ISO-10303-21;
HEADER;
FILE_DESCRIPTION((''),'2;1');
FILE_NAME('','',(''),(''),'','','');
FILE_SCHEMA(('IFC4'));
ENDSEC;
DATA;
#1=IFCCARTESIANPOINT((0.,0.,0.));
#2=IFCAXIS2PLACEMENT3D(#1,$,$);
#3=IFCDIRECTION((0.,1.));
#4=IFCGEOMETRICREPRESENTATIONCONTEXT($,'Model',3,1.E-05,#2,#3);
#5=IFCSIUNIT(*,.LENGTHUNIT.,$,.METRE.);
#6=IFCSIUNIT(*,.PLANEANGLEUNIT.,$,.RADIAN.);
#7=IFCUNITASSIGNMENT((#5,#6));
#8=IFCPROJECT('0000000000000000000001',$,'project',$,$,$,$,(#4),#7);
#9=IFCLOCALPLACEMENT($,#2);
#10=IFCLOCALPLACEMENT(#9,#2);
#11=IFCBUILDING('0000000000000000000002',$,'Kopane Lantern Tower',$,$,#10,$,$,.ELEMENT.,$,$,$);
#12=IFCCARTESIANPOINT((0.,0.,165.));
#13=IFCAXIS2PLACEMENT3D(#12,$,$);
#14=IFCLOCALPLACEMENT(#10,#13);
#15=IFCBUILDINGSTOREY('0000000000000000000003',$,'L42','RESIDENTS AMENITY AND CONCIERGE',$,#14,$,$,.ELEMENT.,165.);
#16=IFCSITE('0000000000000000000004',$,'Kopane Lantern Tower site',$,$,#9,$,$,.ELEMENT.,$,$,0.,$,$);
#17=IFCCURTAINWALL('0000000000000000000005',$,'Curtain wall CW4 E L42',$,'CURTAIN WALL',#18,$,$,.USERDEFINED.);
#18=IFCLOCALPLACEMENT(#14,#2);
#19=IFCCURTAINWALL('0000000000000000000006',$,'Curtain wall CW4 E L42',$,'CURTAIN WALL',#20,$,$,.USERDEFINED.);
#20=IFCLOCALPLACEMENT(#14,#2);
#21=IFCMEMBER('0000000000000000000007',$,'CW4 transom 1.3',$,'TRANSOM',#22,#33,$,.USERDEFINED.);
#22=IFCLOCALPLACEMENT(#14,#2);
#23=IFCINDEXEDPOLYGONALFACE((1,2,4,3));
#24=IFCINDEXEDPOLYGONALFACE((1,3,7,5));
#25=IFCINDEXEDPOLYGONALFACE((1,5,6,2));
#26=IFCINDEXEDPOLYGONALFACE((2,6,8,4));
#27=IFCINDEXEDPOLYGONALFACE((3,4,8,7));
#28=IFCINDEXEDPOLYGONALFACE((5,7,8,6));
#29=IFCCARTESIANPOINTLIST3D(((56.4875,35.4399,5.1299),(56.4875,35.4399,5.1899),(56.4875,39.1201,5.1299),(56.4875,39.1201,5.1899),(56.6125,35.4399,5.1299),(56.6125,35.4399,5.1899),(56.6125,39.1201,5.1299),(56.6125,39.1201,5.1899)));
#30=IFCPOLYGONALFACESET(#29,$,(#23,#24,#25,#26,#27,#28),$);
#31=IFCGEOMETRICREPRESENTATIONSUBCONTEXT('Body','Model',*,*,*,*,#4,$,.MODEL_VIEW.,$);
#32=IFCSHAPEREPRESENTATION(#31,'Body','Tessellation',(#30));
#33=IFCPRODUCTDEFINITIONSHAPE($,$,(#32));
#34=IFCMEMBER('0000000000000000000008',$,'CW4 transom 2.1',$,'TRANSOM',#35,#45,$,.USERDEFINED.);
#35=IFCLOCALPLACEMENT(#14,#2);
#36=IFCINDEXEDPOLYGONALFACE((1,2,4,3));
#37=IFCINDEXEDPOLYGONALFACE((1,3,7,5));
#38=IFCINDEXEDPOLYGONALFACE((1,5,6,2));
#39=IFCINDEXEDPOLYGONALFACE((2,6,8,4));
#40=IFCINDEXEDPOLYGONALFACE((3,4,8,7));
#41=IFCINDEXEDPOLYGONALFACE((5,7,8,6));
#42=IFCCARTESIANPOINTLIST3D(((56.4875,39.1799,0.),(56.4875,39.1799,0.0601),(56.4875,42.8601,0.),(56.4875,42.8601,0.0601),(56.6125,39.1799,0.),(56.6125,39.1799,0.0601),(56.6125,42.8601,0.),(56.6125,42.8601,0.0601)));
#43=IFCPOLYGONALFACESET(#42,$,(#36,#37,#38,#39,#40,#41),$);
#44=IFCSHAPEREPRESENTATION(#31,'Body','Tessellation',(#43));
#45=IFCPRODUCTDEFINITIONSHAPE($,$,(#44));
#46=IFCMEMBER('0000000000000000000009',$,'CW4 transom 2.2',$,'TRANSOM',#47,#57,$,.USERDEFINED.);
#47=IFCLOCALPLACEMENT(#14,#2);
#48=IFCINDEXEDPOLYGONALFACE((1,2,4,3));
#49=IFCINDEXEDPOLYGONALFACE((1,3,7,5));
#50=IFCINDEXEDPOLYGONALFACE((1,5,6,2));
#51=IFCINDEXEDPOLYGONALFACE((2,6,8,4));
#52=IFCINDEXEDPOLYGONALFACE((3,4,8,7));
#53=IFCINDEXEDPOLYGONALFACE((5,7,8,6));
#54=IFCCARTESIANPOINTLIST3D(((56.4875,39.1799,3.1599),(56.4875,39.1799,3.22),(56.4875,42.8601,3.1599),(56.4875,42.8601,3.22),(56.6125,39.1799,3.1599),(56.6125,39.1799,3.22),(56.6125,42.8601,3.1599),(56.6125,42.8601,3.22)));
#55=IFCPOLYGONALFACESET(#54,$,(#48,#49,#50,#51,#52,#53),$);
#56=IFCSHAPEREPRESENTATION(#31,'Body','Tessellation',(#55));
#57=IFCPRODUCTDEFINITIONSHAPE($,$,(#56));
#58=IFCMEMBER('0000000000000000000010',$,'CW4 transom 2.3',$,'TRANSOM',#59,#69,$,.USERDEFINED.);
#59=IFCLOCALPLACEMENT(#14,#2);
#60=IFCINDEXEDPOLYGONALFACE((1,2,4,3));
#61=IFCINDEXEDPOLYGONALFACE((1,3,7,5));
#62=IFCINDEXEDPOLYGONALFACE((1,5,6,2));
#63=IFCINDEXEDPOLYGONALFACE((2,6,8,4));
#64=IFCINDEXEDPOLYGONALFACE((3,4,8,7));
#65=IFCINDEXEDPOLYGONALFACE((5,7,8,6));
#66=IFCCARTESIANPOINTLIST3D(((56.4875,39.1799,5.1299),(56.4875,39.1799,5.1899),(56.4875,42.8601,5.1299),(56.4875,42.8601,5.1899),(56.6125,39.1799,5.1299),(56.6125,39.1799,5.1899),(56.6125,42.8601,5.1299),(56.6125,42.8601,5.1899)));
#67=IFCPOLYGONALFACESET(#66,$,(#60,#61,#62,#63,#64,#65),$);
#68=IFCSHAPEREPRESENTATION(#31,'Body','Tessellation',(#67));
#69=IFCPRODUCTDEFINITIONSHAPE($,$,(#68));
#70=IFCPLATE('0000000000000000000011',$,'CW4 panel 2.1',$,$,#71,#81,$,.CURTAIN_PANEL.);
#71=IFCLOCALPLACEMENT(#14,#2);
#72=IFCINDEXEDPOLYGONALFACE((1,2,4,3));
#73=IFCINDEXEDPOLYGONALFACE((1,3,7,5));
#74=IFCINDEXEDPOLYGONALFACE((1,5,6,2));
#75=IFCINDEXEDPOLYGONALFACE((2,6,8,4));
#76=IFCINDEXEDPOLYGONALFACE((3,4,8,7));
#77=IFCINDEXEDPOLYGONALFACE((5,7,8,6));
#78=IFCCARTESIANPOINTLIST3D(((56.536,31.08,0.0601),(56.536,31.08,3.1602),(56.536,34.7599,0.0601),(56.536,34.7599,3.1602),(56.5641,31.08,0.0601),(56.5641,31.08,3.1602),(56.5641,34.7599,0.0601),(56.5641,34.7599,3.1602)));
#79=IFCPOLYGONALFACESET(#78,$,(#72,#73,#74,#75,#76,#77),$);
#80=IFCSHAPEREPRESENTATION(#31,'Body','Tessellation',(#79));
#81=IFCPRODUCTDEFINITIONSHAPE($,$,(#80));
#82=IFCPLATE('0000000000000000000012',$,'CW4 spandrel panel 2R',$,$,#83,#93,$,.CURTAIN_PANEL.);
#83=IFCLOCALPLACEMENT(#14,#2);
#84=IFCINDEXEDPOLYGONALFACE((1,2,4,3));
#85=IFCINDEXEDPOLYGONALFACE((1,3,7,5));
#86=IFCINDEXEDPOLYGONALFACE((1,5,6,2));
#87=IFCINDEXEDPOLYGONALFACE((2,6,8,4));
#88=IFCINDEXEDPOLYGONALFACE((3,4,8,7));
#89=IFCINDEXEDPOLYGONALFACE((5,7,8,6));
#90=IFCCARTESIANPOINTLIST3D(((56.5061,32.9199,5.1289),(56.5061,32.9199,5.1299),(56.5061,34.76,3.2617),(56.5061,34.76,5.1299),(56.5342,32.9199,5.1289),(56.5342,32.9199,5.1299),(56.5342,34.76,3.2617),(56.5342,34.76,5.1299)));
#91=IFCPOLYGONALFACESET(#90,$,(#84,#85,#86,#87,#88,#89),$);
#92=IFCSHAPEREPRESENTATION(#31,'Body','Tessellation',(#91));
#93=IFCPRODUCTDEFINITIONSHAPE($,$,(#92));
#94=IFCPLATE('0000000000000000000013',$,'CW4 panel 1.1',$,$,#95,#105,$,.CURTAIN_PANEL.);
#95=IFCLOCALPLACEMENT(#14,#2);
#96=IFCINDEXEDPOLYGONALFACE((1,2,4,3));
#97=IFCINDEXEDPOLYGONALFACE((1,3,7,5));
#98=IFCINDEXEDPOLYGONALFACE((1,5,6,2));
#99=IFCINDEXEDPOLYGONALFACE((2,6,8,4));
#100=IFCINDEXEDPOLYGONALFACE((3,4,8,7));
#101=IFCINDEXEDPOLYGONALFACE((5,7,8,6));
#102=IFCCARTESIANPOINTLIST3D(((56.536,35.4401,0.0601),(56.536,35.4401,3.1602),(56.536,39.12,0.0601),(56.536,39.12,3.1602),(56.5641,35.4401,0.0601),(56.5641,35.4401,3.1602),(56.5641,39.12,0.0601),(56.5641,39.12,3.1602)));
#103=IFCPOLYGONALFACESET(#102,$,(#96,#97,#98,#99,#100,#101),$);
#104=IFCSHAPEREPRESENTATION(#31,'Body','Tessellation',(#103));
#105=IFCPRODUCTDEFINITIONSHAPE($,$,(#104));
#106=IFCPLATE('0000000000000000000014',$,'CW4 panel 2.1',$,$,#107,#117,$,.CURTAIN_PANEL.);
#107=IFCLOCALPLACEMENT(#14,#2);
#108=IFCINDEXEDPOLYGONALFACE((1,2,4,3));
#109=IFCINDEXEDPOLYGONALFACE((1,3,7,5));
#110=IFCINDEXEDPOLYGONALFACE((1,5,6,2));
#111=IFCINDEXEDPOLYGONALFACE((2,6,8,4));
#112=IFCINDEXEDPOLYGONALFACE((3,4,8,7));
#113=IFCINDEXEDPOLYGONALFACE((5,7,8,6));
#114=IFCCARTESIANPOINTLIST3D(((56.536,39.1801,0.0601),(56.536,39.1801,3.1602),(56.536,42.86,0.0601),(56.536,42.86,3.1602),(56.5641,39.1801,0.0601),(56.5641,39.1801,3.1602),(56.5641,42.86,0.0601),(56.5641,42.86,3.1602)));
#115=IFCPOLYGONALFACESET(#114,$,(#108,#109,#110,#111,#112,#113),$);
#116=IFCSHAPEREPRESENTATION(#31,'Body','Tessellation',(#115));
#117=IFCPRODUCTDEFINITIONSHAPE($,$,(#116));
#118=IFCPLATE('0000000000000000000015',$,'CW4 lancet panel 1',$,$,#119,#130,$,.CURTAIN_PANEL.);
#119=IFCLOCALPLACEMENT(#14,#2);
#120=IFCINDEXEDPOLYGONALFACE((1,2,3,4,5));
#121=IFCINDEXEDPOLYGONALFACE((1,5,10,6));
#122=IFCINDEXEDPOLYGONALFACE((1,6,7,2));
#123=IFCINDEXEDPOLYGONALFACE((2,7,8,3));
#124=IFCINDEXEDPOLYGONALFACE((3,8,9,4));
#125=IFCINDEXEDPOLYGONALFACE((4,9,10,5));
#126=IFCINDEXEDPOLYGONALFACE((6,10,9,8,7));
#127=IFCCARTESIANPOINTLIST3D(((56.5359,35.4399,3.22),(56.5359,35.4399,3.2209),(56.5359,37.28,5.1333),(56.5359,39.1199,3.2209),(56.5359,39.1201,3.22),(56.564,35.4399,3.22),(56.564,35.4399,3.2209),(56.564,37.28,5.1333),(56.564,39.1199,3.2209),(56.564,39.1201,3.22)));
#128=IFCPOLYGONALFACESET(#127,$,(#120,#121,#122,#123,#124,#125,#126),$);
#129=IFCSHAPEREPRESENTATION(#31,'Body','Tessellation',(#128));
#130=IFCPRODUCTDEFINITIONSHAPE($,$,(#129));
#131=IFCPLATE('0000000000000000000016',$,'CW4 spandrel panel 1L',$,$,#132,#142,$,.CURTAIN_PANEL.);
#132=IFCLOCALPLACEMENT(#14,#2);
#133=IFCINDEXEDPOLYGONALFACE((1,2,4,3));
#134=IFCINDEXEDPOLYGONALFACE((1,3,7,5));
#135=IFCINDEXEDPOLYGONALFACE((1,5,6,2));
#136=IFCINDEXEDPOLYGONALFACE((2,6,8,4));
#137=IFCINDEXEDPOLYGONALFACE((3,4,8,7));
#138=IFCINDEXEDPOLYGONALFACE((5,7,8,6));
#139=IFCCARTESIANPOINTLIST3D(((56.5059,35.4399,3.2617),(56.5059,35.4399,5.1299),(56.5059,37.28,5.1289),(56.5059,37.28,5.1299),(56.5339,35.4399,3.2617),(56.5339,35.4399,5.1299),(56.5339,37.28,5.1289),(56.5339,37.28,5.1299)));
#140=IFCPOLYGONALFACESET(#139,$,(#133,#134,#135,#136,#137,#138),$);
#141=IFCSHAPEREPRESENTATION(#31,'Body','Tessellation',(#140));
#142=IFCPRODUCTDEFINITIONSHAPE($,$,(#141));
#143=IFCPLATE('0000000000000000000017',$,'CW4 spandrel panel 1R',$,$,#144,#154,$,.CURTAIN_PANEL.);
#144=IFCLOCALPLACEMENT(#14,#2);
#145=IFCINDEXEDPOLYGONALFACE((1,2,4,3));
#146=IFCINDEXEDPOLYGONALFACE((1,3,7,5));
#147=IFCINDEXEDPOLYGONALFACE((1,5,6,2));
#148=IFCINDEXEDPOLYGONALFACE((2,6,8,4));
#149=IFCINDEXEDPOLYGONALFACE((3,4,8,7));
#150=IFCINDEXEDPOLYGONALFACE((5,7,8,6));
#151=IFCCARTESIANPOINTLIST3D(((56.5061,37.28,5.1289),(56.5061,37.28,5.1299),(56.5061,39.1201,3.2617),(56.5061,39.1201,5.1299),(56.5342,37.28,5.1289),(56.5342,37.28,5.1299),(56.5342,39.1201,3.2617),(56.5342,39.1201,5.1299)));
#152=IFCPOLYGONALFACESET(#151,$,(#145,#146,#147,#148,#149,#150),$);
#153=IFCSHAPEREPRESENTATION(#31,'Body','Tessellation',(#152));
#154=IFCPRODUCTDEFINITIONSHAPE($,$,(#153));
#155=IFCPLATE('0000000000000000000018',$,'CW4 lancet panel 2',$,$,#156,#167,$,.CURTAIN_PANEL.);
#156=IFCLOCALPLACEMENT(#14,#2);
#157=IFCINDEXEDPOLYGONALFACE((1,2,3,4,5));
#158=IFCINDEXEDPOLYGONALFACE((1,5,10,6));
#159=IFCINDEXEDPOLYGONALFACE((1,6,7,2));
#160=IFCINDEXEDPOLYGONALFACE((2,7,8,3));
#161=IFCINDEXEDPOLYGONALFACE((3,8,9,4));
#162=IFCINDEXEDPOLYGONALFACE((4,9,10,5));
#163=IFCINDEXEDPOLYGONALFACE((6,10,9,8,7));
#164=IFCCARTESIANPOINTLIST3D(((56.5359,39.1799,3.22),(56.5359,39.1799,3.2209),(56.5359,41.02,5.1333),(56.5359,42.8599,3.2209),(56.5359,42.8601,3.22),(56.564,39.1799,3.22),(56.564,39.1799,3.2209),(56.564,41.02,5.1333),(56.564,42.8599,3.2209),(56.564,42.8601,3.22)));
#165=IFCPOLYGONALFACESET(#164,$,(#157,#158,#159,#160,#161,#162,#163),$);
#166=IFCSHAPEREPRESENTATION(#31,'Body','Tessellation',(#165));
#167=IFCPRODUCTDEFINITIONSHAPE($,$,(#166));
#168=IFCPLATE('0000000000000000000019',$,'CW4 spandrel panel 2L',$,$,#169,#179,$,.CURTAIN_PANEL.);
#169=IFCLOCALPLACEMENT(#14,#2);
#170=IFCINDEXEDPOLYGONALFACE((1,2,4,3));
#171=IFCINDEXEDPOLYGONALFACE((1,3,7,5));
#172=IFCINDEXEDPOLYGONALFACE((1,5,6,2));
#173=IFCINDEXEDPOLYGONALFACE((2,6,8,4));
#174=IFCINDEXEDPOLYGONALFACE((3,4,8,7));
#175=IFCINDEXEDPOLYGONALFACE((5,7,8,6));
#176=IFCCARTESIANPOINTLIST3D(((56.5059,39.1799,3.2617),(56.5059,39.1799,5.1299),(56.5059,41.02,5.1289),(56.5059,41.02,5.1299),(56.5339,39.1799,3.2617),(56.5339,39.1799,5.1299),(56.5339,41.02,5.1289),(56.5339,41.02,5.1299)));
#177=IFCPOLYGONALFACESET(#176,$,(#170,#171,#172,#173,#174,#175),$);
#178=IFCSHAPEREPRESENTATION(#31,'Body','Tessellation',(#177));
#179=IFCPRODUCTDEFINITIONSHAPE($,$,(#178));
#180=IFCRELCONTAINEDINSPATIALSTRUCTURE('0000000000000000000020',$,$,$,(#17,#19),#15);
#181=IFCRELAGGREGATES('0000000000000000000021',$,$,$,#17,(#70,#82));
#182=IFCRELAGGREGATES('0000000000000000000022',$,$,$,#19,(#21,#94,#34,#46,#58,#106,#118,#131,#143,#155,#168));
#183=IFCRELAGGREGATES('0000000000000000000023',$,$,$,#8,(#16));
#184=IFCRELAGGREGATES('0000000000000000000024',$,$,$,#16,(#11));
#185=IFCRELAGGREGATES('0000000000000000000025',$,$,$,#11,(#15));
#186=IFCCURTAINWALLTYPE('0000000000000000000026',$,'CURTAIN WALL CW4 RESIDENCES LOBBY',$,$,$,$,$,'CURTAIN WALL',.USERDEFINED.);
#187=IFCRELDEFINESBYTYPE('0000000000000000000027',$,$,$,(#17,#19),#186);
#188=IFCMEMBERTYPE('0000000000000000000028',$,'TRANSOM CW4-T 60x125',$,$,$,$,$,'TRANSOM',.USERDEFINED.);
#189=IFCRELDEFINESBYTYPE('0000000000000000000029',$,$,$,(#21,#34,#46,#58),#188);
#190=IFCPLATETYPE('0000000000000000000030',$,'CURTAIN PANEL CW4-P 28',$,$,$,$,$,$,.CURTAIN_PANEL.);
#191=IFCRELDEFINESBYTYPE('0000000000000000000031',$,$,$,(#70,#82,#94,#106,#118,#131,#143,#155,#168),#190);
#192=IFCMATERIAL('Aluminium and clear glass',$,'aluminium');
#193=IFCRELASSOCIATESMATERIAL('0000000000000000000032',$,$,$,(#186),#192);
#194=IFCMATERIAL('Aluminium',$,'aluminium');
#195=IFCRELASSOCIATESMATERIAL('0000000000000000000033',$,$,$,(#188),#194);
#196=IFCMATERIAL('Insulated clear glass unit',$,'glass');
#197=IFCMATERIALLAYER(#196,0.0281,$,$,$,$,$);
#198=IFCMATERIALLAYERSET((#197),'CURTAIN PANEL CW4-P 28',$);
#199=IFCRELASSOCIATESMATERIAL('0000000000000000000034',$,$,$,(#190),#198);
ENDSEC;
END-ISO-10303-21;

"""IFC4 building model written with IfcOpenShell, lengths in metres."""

from ifc_helpers import new_model, si_unit, direction, frame, origin, origin_2d, place, context, subcontext, project, spatial, polyline, rectangle, outline, extrude, material, layer, layer_set, material_profile, profile_set, type_object, element, aggregate, save


model = new_model("IFC4")

# Units and contexts
model_context = context("Model", 3, precision=1e-05, world=origin(), true_north=direction((0.0, 1.0)))
body_context = subcontext(model_context, "Body", "Model", "MODEL_VIEW")
ifc_project = project(units=[si_unit("LENGTHUNIT", "METRE"), si_unit("PLANEANGLEUNIT", "RADIAN")], contexts=[model_context])

# Site, building, storey
site_placement = place(None, origin())
site = spatial("IfcSite", under=ifc_project, at=site_placement, Name="Kopane Lantern Tower site", CompositionType="ELEMENT", RefElevation=0.0)
building_placement = place(site_placement, origin())
building = spatial("IfcBuilding", under=site, at=building_placement, Name="Kopane Lantern Tower", CompositionType="ELEMENT")
storey_placement = place(building_placement, frame((0.0, 0.0, 165.0)))
storey = spatial("IfcBuildingStorey", under=building, at=storey_placement, Name="L42", Description="RESIDENTS AMENITY AND CONCIERGE", CompositionType="ELEMENT", Elevation=165.0)

# Curtain walls, members
ifc_material_1 = material(Name="Aluminium and clear glass", Category="aluminium")
curtain_wall_type = type_object("IfcCurtainWallType", Name="CURTAIN WALL CW4 RESIDENCES LOBBY", ElementType="CURTAIN WALL", PredefinedType="USERDEFINED", material=ifc_material_1)
curtain_wall_1_placement = place(storey_placement, origin())
curtain_wall_1 = element("IfcCurtainWall", 1, at=curtain_wall_1_placement, inside=storey, type_object=curtain_wall_type, Name="Curtain wall CW4 E L42", ObjectType="CURTAIN WALL", PredefinedType="USERDEFINED")
curtain_wall_2_placement = place(storey_placement, origin())
curtain_wall_2 = element("IfcCurtainWall", 2, at=curtain_wall_2_placement, inside=storey, type_object=curtain_wall_type, Name="Curtain wall CW4 E L42", ObjectType="CURTAIN WALL", PredefinedType="USERDEFINED")
ifc_material_2 = material(Name="Aluminium", Category="aluminium")
ifc_material_profile_1 = material_profile(ifc_material_2, rectangle(XDim=0.125, YDim=0.0601, at=origin_2d()), Name="AL 125x60")
ifc_profile_set_1 = profile_set([ifc_material_profile_1], Name="Aluminium")
member_type_1 = type_object("IfcMemberType", Name="TRANSOM CW4-T 60x125", ElementType="TRANSOM", PredefinedType="USERDEFINED", material=ifc_profile_set_1)
member_1_placement = place(storey_placement, frame((56.55, 35.4399, 5.1599), z_axis=(0.0, 1.0, 0.0), x_axis=(-1.0, 0.0, 0.0)))
member_1 = element("IfcMember", 3, at=member_1_placement, type_object=member_type_1, Name="CW4 transom 1.3", ObjectType="TRANSOM", PredefinedType="USERDEFINED", context=body_context, shape_type="SweptSolid", body=[
    extrude(rectangle(XDim=0.125, YDim=0.0601, at=origin_2d()), origin(), (0.0, 0.0, 1.0), 3.6802),
])
member_2_placement = place(storey_placement, frame((56.55, 39.1799, 0.03), z_axis=(0.0, 1.0, 0.0), x_axis=(-1.0, 0.0, 0.0)))
member_2 = element("IfcMember", 4, at=member_2_placement, type_object=member_type_1, Name="CW4 transom 2.1", ObjectType="TRANSOM", PredefinedType="USERDEFINED", context=body_context, shape_type="SweptSolid", body=[
    extrude(rectangle(XDim=0.125, YDim=0.0601, at=origin_2d()), origin(), (0.0, 0.0, 1.0), 3.6802),
])
member_3_placement = place(storey_placement, frame((56.55, 39.1799, 3.1899), z_axis=(0.0, 1.0, 0.0), x_axis=(-1.0, 0.0, 0.0)))
member_3 = element("IfcMember", 5, at=member_3_placement, type_object=member_type_1, Name="CW4 transom 2.2", ObjectType="TRANSOM", PredefinedType="USERDEFINED", context=body_context, shape_type="SweptSolid", body=[
    extrude(rectangle(XDim=0.125, YDim=0.0601, at=origin_2d()), origin(), (0.0, 0.0, 1.0), 3.6802),
])
member_4_placement = place(storey_placement, frame((56.55, 39.1799, 5.1599), z_axis=(0.0, 1.0, 0.0), x_axis=(-1.0, 0.0, 0.0)))
member_4 = element("IfcMember", 6, at=member_4_placement, type_object=member_type_1, Name="CW4 transom 2.3", ObjectType="TRANSOM", PredefinedType="USERDEFINED", context=body_context, shape_type="SweptSolid", body=[
    extrude(rectangle(XDim=0.125, YDim=0.0601, at=origin_2d()), origin(), (0.0, 0.0, 1.0), 3.6802),
])

# Plates
ifc_material_3 = material(Name="Insulated clear glass unit", Category="glass")
ifc_layer_1 = layer(ifc_material_3, 0.0281)
ifc_layer_set_1 = layer_set([ifc_layer_1], Name="CURTAIN PANEL CW4-P 28")
plate_type = type_object("IfcPlateType", Name="CURTAIN PANEL CW4-P 28", PredefinedType="CURTAIN_PANEL", material=ifc_layer_set_1)
plate_1_placement = place(storey_placement, frame((56.55, 32.9199, 0.0601), z_axis=(0.0, 0.0, 1.0), x_axis=(0.0, 1.0, 0.0)))
plate_1 = element("IfcPlate", 7, at=plate_1_placement, type_object=plate_type, Name="CW4 panel 2.1", PredefinedType="CURTAIN_PANEL", context=body_context, shape_type="SweptSolid", body=[
    extrude(rectangle(XDim=3.6799, YDim=0.0281, at=origin_2d()), origin(), (0.0, 0.0, 1.0), 3.1001),
])
plate_2_placement = place(storey_placement, frame((56.52, 34.76, 5.1299), z_axis=(0.0, 0.0, 1.0), x_axis=(0.0, -1.0, 0.0)))
plate_2 = element("IfcPlate", 8, at=plate_2_placement, type_object=plate_type, Name="CW4 spandrel panel 2R", PredefinedType="CURTAIN_PANEL", context=body_context, shape_type="SweptSolid", body=[
    extrude(outline(polyline([(0.0, 0.0), (1.8401, 0.0), (1.8401, -0.001), (0.0, -1.8682), (0.0, 0.0)])), frame((0.0, 0.0142, 0.0), z_axis=(0.0, -1.0, 0.0), x_axis=(1.0, 0.0, 0.0)), (0.0, 0.0, 1.0), 0.0281),
])
aggregate(curtain_wall_1, [plate_1, plate_2])
plate_3_placement = place(storey_placement, frame((56.55, 37.28, 0.0601), z_axis=(0.0, 0.0, 1.0), x_axis=(0.0, 1.0, 0.0)))
plate_3 = element("IfcPlate", 9, at=plate_3_placement, type_object=plate_type, Name="CW4 panel 1.1", PredefinedType="CURTAIN_PANEL", context=body_context, shape_type="SweptSolid", body=[
    extrude(rectangle(XDim=3.6799, YDim=0.0281, at=origin_2d()), origin(), (0.0, 0.0, 1.0), 3.1001),
])
plate_4_placement = place(storey_placement, frame((56.55, 41.02, 0.0601), z_axis=(0.0, 0.0, 1.0), x_axis=(0.0, 1.0, 0.0)))
plate_4 = element("IfcPlate", 10, at=plate_4_placement, type_object=plate_type, Name="CW4 panel 2.1", PredefinedType="CURTAIN_PANEL", context=body_context, shape_type="SweptSolid", body=[
    extrude(rectangle(XDim=3.6799, YDim=0.0281, at=origin_2d()), origin(), (0.0, 0.0, 1.0), 3.1001),
])
plate_5_placement = place(storey_placement, frame((56.55, 35.4399, 3.22), z_axis=(0.0, 0.0, 1.0), x_axis=(0.0, 1.0, 0.0)))
plate_5 = element("IfcPlate", 11, at=plate_5_placement, type_object=plate_type, Name="CW4 lancet panel 1", PredefinedType="CURTAIN_PANEL", context=body_context, shape_type="SweptSolid", body=[
    extrude(outline(polyline([(0.0, 0.0), (3.6802, 0.0), (3.6799, 0.001), (1.8401, 1.9133), (0.0, 0.001), (0.0, 0.0)])), frame((0.0, 0.0142, 0.0), z_axis=(0.0, -1.0, 0.0), x_axis=(1.0, 0.0, 0.0)), (0.0, 0.0, 1.0), 0.0281),
])
plate_6_placement = place(storey_placement, frame((56.52, 35.4399, 5.1299), z_axis=(0.0, 0.0, 1.0), x_axis=(0.0, 1.0, 0.0)))
plate_6 = element("IfcPlate", 12, at=plate_6_placement, type_object=plate_type, Name="CW4 spandrel panel 1L", PredefinedType="CURTAIN_PANEL", context=body_context, shape_type="SweptSolid", body=[
    extrude(outline(polyline([(0.0, 0.0), (1.8401, 0.0), (1.8401, -0.001), (0.0, -1.8682), (0.0, 0.0)])), frame((0.0, 0.0142, 0.0), z_axis=(0.0, -1.0, 0.0), x_axis=(1.0, 0.0, 0.0)), (0.0, 0.0, 1.0), 0.0281),
])
plate_7_placement = place(storey_placement, frame((56.52, 39.1201, 5.1299), z_axis=(0.0, 0.0, 1.0), x_axis=(0.0, -1.0, 0.0)))
plate_7 = element("IfcPlate", 13, at=plate_7_placement, type_object=plate_type, Name="CW4 spandrel panel 1R", PredefinedType="CURTAIN_PANEL", context=body_context, shape_type="SweptSolid", body=[
    extrude(outline(polyline([(0.0, 0.0), (1.8401, 0.0), (1.8401, -0.001), (0.0, -1.8682), (0.0, 0.0)])), frame((0.0, 0.0142, 0.0), z_axis=(0.0, -1.0, 0.0), x_axis=(1.0, 0.0, 0.0)), (0.0, 0.0, 1.0), 0.0281),
])
plate_8_placement = place(storey_placement, frame((56.55, 39.1799, 3.22), z_axis=(0.0, 0.0, 1.0), x_axis=(0.0, 1.0, 0.0)))
plate_8 = element("IfcPlate", 14, at=plate_8_placement, type_object=plate_type, Name="CW4 lancet panel 2", PredefinedType="CURTAIN_PANEL", context=body_context, shape_type="SweptSolid", body=[
    extrude(outline(polyline([(0.0, 0.0), (3.6802, 0.0), (3.6799, 0.001), (1.8401, 1.9133), (0.0, 0.001), (0.0, 0.0)])), frame((0.0, 0.0142, 0.0), z_axis=(0.0, -1.0, 0.0), x_axis=(1.0, 0.0, 0.0)), (0.0, 0.0, 1.0), 0.0281),
])
plate_9_placement = place(storey_placement, frame((56.52, 39.1799, 5.1299), z_axis=(0.0, 0.0, 1.0), x_axis=(0.0, 1.0, 0.0)))
plate_9 = element("IfcPlate", 15, at=plate_9_placement, type_object=plate_type, Name="CW4 spandrel panel 2L", PredefinedType="CURTAIN_PANEL", context=body_context, shape_type="SweptSolid", body=[
    extrude(outline(polyline([(0.0, 0.0), (1.8401, 0.0), (1.8401, -0.001), (0.0, -1.8682), (0.0, 0.0)])), frame((0.0, 0.0142, 0.0), z_axis=(0.0, -1.0, 0.0), x_axis=(1.0, 0.0, 0.0)), (0.0, 0.0, 1.0), 0.0281),
])
aggregate(curtain_wall_2, [member_1, plate_3, member_2, member_3, member_4, plate_4, plate_5, plate_6, plate_7, plate_8, plate_9])

save(model, "model.ifc")
